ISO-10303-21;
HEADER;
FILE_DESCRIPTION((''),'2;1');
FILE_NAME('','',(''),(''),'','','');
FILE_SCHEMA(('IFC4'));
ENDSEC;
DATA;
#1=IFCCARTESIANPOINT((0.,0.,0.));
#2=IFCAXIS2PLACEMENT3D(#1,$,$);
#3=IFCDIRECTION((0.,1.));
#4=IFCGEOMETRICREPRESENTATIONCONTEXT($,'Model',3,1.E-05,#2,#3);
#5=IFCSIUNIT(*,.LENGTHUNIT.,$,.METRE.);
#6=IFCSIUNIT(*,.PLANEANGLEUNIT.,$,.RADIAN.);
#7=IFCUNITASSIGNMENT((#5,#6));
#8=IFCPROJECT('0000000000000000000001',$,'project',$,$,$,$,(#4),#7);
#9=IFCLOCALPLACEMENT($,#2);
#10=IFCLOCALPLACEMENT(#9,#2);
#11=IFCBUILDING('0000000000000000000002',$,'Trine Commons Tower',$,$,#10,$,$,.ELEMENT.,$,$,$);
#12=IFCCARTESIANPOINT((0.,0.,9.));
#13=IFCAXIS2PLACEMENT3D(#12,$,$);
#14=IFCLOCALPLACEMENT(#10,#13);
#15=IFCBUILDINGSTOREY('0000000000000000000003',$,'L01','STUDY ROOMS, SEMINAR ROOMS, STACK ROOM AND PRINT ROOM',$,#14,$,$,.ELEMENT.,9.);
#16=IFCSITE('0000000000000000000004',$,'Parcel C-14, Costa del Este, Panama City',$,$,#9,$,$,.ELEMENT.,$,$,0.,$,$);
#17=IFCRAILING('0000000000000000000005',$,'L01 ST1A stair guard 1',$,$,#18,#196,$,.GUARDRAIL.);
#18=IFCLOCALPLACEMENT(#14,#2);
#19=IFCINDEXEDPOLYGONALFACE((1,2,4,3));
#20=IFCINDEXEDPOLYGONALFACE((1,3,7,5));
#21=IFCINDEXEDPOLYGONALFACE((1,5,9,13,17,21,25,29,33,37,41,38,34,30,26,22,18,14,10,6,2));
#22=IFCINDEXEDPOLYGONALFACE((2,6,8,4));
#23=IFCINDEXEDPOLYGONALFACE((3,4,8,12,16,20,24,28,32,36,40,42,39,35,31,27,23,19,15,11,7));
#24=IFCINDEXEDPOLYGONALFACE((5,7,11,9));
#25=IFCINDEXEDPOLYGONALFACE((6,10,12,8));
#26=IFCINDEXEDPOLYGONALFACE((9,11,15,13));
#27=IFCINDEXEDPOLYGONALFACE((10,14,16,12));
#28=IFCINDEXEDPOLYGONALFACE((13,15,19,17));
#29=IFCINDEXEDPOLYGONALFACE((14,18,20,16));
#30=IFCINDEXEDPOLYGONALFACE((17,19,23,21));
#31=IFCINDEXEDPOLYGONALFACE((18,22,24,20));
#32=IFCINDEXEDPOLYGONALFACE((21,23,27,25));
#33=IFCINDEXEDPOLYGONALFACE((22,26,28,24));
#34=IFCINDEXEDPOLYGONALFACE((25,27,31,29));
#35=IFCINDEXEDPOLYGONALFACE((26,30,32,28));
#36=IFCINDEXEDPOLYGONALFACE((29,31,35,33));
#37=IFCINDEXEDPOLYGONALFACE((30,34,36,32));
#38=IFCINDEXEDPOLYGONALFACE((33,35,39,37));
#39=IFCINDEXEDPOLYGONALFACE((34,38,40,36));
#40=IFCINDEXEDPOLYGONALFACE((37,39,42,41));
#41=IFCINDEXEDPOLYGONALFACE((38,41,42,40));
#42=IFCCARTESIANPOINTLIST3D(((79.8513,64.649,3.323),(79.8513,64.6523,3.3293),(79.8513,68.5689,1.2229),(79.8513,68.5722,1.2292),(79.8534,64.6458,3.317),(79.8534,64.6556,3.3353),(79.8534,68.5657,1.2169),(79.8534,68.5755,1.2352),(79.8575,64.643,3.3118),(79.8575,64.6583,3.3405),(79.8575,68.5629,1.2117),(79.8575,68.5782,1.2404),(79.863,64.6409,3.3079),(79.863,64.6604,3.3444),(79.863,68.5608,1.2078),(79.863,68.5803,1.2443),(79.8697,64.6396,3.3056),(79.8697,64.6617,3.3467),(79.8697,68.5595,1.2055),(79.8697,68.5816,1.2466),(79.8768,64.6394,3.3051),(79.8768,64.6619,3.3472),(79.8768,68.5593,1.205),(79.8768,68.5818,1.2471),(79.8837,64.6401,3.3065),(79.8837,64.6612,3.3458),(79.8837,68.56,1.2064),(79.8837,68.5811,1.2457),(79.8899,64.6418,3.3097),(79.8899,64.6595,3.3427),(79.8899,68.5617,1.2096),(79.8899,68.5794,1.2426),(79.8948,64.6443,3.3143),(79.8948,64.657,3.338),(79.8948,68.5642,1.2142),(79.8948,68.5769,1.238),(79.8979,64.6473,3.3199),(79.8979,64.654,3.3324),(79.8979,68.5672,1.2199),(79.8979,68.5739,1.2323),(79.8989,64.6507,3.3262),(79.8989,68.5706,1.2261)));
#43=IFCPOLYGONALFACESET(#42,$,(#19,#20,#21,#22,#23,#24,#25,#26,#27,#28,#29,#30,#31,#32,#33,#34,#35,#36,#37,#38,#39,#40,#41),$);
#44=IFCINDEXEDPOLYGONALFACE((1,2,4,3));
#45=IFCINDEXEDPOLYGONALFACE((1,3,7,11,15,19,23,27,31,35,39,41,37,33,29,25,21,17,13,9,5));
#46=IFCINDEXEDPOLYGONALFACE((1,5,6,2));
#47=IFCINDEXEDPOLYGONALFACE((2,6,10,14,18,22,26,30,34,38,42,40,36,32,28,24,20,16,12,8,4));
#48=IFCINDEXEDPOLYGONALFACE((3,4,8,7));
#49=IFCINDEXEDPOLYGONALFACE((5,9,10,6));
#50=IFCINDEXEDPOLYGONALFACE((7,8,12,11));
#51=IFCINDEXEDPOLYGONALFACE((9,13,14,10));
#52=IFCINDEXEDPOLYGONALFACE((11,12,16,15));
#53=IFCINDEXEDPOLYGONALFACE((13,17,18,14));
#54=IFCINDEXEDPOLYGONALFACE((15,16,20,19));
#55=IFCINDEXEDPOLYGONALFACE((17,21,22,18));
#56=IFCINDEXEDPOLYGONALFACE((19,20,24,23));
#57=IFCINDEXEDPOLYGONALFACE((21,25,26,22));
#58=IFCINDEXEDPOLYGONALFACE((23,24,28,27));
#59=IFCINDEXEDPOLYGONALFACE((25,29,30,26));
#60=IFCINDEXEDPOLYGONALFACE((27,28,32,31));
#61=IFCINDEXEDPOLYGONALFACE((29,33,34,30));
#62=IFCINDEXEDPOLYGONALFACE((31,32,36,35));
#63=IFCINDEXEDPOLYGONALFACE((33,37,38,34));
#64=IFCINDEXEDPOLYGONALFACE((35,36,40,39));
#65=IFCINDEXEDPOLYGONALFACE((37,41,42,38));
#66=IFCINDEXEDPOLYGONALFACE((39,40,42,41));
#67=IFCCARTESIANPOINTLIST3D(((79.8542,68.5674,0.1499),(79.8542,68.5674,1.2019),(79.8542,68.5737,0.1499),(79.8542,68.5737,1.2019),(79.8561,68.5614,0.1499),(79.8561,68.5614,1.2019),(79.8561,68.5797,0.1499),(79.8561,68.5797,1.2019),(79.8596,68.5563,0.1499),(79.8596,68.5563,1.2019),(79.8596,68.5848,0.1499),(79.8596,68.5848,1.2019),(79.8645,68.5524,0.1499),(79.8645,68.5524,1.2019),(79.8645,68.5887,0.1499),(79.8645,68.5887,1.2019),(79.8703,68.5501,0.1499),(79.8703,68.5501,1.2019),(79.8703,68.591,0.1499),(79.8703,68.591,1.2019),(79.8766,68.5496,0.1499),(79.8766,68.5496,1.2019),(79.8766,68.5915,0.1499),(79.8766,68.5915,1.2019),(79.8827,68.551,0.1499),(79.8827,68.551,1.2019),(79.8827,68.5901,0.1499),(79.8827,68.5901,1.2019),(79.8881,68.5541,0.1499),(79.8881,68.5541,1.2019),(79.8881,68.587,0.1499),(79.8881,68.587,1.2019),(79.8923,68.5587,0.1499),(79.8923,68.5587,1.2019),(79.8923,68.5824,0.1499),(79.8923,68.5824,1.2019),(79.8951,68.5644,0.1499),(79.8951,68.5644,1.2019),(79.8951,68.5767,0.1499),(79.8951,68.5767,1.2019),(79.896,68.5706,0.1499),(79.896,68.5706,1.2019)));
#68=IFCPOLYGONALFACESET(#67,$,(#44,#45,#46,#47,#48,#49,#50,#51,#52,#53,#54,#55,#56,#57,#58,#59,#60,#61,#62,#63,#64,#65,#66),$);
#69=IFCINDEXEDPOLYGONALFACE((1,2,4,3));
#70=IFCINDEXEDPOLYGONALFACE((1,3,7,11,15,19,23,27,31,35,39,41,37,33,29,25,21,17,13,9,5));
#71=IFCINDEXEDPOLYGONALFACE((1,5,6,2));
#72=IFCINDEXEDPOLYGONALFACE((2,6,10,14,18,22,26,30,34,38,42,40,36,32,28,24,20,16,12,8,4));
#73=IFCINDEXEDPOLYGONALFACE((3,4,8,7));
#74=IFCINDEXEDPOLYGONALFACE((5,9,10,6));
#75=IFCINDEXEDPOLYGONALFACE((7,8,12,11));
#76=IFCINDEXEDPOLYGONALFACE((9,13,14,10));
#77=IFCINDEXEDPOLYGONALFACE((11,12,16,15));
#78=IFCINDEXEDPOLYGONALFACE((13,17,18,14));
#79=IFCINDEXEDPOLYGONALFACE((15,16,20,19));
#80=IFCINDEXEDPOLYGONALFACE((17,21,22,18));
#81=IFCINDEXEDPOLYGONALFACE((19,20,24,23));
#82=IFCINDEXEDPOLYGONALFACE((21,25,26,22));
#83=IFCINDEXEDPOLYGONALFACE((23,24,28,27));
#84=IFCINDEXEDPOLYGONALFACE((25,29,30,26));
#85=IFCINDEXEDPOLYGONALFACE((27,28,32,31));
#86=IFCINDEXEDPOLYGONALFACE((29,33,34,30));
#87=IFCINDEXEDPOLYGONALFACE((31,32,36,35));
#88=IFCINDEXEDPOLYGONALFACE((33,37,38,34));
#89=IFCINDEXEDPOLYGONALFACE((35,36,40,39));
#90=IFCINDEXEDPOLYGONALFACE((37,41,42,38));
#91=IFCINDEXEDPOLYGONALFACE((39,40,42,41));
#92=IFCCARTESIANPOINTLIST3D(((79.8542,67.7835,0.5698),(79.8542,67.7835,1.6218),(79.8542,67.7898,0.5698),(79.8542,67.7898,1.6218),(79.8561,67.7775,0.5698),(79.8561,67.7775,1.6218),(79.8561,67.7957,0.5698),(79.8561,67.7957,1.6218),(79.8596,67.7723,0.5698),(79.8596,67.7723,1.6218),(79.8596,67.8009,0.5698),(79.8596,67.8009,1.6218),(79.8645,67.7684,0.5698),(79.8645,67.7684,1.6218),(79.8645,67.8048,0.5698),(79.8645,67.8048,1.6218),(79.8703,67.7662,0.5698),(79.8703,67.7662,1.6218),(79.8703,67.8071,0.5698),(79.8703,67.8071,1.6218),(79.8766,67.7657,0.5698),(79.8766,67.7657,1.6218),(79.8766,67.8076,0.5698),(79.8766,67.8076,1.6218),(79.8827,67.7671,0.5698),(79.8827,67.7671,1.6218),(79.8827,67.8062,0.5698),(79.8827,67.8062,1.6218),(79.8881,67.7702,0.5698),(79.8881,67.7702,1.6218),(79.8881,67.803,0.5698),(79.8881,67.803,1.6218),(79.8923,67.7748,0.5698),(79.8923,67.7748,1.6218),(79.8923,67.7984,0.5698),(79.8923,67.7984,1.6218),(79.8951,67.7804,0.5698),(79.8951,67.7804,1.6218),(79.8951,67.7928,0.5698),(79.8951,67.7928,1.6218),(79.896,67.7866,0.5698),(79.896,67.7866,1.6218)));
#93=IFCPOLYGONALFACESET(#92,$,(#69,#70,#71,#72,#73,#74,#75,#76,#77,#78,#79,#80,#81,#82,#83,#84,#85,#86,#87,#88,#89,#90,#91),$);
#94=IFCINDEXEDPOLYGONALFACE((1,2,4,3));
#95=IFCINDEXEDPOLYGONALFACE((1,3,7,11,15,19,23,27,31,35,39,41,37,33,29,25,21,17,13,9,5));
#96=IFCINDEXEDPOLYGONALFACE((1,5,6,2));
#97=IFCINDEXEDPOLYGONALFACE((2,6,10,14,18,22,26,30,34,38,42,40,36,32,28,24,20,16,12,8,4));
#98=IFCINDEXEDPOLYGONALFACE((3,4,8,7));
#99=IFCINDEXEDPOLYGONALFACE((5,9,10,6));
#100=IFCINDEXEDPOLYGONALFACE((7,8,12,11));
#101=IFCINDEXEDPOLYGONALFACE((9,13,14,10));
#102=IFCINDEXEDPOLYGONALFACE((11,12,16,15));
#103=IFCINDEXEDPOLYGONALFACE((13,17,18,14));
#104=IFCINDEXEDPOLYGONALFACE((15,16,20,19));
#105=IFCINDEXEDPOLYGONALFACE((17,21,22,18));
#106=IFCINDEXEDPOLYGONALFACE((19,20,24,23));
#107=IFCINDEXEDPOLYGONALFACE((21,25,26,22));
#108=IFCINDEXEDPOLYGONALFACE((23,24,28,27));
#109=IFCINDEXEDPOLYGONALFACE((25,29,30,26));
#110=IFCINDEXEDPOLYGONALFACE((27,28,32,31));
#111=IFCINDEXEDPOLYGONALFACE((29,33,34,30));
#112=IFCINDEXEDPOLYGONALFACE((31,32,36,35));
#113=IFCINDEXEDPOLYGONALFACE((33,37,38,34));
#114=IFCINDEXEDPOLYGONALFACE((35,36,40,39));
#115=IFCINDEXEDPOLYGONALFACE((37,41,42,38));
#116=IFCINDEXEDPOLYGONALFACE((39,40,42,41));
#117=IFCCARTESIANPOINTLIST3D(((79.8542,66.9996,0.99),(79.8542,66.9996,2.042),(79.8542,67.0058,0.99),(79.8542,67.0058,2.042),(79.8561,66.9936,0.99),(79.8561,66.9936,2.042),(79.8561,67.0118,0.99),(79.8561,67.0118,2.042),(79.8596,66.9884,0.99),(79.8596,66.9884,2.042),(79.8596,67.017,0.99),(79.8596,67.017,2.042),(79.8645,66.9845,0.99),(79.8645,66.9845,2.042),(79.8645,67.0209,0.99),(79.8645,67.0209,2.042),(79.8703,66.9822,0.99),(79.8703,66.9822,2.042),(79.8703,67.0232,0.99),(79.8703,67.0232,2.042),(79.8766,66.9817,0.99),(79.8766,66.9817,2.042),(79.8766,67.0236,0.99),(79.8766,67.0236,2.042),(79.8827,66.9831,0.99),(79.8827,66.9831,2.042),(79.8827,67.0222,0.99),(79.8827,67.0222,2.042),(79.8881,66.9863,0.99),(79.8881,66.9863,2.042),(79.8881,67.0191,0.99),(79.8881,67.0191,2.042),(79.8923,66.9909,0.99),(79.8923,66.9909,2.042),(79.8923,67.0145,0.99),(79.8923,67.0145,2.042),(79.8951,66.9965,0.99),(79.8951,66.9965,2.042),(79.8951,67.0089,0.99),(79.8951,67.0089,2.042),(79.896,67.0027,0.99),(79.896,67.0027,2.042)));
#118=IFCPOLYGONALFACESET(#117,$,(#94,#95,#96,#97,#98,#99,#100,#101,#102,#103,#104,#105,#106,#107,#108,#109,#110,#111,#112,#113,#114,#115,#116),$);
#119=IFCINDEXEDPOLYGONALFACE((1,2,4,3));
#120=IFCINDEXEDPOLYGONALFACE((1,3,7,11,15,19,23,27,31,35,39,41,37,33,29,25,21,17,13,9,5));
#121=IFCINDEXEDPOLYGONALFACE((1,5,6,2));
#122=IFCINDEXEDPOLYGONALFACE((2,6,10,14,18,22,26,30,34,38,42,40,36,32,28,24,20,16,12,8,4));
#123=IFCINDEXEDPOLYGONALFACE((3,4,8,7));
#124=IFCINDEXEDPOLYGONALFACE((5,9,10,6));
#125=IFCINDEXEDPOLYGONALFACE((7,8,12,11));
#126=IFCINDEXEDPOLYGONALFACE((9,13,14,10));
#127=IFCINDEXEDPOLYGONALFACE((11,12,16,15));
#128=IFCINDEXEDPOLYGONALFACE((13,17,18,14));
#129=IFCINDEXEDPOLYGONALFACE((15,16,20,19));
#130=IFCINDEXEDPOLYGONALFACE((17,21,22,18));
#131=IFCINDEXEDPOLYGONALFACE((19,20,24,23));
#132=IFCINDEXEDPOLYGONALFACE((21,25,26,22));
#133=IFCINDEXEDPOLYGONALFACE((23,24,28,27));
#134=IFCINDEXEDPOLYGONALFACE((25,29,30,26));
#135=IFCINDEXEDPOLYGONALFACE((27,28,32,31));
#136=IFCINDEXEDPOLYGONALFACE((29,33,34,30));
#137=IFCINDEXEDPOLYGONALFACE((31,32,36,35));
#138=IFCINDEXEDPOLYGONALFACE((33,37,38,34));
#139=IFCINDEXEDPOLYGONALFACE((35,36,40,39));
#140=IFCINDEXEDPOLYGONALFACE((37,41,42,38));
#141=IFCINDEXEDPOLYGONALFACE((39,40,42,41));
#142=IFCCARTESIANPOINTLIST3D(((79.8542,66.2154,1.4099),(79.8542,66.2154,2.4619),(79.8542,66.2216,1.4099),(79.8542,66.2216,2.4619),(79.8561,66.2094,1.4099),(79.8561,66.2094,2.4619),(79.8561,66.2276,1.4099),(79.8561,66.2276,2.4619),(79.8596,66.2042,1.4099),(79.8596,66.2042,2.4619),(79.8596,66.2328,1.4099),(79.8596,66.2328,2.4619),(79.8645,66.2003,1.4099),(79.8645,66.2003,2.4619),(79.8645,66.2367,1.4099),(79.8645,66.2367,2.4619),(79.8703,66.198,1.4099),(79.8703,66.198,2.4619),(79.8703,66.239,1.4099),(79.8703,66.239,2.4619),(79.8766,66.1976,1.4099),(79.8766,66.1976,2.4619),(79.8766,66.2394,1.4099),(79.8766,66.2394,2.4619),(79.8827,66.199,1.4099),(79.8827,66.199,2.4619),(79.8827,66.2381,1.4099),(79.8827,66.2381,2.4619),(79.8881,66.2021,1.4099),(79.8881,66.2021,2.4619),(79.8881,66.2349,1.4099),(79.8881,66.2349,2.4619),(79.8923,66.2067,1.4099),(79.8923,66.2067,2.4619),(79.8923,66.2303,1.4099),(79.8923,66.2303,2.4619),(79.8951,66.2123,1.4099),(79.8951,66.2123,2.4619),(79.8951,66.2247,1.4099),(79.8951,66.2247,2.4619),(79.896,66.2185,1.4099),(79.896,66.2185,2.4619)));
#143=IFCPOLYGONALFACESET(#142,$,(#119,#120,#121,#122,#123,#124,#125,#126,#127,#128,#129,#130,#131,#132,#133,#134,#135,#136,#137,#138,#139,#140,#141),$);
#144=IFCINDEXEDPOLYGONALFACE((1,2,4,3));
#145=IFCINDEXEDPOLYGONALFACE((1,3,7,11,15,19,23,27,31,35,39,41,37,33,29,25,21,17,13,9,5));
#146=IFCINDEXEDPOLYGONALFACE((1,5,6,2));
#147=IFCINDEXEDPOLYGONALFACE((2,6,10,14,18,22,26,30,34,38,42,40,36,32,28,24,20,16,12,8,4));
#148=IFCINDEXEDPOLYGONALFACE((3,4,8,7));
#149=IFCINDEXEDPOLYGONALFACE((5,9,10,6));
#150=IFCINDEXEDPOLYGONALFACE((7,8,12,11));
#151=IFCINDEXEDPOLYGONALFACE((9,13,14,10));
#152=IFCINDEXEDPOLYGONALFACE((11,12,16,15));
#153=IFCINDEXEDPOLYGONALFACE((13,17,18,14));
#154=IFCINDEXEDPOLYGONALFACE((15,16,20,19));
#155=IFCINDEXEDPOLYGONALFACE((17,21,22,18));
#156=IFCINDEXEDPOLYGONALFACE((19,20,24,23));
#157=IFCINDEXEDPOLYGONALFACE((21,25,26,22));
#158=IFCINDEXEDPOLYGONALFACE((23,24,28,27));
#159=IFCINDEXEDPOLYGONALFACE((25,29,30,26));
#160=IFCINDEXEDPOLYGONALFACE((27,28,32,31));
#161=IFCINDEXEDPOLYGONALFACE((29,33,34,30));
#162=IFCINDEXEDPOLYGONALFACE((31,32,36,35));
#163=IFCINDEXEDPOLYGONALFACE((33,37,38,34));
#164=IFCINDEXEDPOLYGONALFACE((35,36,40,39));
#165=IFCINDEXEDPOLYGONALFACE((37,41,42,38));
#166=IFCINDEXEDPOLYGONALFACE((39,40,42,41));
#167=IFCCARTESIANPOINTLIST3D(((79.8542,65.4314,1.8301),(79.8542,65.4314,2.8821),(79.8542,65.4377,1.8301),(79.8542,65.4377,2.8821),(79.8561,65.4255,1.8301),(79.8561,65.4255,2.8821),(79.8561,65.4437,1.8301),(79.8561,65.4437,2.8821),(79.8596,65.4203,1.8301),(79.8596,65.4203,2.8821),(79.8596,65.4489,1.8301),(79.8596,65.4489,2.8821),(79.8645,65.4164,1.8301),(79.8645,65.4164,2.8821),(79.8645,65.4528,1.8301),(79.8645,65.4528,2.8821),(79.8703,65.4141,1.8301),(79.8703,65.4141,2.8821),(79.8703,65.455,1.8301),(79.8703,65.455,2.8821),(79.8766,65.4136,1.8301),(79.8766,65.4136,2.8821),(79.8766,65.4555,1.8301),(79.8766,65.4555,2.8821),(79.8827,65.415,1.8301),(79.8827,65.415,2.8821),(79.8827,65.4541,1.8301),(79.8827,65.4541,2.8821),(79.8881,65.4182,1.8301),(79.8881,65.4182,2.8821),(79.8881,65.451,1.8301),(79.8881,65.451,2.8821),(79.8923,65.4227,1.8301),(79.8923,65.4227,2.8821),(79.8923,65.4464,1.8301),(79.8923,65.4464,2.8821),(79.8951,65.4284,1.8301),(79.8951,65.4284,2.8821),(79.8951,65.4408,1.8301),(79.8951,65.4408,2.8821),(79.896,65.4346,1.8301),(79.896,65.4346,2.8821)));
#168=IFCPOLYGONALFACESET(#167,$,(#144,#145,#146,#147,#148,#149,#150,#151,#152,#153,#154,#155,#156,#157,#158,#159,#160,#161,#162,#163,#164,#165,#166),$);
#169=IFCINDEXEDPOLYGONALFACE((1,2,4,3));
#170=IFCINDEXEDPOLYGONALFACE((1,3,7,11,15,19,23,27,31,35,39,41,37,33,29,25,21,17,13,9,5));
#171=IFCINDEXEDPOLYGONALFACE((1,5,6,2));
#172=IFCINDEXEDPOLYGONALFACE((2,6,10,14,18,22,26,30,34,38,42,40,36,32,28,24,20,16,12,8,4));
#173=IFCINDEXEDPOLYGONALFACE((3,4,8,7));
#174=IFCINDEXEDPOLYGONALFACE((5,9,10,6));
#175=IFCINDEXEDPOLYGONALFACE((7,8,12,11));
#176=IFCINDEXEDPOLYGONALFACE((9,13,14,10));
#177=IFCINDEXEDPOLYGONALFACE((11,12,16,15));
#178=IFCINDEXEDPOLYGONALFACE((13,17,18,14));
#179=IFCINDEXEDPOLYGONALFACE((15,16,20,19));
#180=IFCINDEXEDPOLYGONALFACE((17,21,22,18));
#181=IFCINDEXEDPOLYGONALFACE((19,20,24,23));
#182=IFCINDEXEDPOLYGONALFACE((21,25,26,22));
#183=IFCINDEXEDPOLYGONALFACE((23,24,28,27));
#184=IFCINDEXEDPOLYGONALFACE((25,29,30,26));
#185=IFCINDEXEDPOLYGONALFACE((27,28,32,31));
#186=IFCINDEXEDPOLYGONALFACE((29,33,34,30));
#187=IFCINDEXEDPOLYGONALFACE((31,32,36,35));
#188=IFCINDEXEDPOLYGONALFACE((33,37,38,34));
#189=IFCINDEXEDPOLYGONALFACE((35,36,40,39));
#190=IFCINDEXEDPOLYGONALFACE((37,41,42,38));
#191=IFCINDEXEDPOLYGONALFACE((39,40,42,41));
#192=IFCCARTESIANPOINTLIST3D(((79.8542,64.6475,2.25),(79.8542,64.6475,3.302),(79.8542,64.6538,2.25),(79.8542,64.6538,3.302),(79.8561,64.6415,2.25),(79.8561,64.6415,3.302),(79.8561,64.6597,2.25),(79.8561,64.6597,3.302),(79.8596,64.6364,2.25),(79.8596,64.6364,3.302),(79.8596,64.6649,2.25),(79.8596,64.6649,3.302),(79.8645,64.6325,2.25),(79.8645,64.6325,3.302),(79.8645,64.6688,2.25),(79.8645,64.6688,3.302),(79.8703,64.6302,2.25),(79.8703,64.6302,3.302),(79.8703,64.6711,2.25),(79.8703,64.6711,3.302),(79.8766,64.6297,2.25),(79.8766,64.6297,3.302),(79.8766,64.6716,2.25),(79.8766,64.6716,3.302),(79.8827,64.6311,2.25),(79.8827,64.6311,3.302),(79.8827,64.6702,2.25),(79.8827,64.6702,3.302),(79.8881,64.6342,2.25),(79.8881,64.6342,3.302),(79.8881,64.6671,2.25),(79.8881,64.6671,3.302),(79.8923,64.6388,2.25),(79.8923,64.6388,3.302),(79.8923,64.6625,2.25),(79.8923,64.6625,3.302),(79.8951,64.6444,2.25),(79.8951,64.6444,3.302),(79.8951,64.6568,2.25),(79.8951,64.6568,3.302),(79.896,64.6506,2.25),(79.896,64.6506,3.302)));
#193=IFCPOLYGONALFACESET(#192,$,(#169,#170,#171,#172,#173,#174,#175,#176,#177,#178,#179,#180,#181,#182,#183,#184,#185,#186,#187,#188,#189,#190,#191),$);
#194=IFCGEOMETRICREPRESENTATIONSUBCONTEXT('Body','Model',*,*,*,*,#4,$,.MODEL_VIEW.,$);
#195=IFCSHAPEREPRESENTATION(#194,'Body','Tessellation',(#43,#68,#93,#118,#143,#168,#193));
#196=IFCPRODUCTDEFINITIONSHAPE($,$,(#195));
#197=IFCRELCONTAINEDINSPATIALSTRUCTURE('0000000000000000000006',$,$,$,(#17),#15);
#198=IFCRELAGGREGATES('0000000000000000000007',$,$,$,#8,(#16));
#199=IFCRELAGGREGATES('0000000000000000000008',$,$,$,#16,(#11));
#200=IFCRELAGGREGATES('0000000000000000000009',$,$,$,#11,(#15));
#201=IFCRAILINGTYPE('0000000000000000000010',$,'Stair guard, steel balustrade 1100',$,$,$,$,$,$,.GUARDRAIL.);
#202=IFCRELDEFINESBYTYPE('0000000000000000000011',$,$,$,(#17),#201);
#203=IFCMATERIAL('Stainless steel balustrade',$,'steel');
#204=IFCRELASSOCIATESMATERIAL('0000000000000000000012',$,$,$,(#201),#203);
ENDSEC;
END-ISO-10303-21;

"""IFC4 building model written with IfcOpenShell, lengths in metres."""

from ifc_helpers import new_model, si_unit, direction, frame, origin, origin_2d, place, context, subcontext, project, spatial, circle, extrude, material, type_object, element, save


model = new_model("IFC4")

# Units and contexts
model_context = context("Model", 3, precision=1e-05, world=origin(), true_north=direction((0.0, 1.0)))
body_context = subcontext(model_context, "Body", "Model", "MODEL_VIEW")
ifc_project = project(units=[si_unit("LENGTHUNIT", "METRE"), si_unit("PLANEANGLEUNIT", "RADIAN")], contexts=[model_context])

# Site, building, storey
site_placement = place(None, origin())
site = spatial("IfcSite", under=ifc_project, at=site_placement, Name="Parcel C-14, Costa del Este, Panama City", CompositionType="ELEMENT", RefElevation=0.0)
building_placement = place(site_placement, origin())
building = spatial("IfcBuilding", under=site, at=building_placement, Name="Trine Commons Tower", CompositionType="ELEMENT")
storey_placement = place(building_placement, frame((0.0, 0.0, 9.0)))
storey = spatial("IfcBuildingStorey", under=building, at=storey_placement, Name="L01", Description="STUDY ROOMS, SEMINAR ROOMS, STACK ROOM AND PRINT ROOM", CompositionType="ELEMENT", Elevation=9.0)

# Railing
ifc_material_1 = material(Name="Stainless steel balustrade", Category="steel")
railing_type_1 = type_object("IfcRailingType", Name="Stair guard, steel balustrade 1100", PredefinedType="GUARDRAIL", material=ifc_material_1)
railing_1_placement = place(storey_placement, frame((79.875, 68.5706, 0.1499)))
element("IfcRailing", 1, at=railing_1_placement, inside=storey, type_object=railing_type_1, Name="L01 ST1A stair guard 1", PredefinedType="GUARDRAIL", context=body_context, shape_type="SweptSolid", body=[
    extrude(circle(Radius=0.0239, at=origin_2d()), frame((0.0, 0.0, 1.0762), z_axis=(0.0, -0.881467, 0.472246), x_axis=(1.0, 0.0, 0.0)), (0.0, 0.0, 1.0), 4.447),
    extrude(circle(Radius=0.021, at=origin_2d()), origin(), (0.0, 0.0, 1.0), 1.052),
    extrude(circle(Radius=0.021, at=origin_2d()), frame((0.0, -0.7839, 0.4199)), (0.0, 0.0, 1.0), 1.052),
    extrude(circle(Radius=0.021, at=origin_2d()), frame((0.0, -1.5679, 0.8401)), (0.0, 0.0, 1.0), 1.052),
    extrude(circle(Radius=0.021, at=origin_2d()), frame((0.0, -2.3521, 1.26)), (0.0, 0.0, 1.0), 1.052),
    extrude(circle(Radius=0.021, at=origin_2d()), frame((0.0, -3.136, 1.6802)), (0.0, 0.0, 1.0), 1.052),
    extrude(circle(Radius=0.021, at=origin_2d()), frame((0.0, -3.9199, 2.1001)), (0.0, 0.0, 1.0), 1.052),
])

save(model, "model.ifc")
